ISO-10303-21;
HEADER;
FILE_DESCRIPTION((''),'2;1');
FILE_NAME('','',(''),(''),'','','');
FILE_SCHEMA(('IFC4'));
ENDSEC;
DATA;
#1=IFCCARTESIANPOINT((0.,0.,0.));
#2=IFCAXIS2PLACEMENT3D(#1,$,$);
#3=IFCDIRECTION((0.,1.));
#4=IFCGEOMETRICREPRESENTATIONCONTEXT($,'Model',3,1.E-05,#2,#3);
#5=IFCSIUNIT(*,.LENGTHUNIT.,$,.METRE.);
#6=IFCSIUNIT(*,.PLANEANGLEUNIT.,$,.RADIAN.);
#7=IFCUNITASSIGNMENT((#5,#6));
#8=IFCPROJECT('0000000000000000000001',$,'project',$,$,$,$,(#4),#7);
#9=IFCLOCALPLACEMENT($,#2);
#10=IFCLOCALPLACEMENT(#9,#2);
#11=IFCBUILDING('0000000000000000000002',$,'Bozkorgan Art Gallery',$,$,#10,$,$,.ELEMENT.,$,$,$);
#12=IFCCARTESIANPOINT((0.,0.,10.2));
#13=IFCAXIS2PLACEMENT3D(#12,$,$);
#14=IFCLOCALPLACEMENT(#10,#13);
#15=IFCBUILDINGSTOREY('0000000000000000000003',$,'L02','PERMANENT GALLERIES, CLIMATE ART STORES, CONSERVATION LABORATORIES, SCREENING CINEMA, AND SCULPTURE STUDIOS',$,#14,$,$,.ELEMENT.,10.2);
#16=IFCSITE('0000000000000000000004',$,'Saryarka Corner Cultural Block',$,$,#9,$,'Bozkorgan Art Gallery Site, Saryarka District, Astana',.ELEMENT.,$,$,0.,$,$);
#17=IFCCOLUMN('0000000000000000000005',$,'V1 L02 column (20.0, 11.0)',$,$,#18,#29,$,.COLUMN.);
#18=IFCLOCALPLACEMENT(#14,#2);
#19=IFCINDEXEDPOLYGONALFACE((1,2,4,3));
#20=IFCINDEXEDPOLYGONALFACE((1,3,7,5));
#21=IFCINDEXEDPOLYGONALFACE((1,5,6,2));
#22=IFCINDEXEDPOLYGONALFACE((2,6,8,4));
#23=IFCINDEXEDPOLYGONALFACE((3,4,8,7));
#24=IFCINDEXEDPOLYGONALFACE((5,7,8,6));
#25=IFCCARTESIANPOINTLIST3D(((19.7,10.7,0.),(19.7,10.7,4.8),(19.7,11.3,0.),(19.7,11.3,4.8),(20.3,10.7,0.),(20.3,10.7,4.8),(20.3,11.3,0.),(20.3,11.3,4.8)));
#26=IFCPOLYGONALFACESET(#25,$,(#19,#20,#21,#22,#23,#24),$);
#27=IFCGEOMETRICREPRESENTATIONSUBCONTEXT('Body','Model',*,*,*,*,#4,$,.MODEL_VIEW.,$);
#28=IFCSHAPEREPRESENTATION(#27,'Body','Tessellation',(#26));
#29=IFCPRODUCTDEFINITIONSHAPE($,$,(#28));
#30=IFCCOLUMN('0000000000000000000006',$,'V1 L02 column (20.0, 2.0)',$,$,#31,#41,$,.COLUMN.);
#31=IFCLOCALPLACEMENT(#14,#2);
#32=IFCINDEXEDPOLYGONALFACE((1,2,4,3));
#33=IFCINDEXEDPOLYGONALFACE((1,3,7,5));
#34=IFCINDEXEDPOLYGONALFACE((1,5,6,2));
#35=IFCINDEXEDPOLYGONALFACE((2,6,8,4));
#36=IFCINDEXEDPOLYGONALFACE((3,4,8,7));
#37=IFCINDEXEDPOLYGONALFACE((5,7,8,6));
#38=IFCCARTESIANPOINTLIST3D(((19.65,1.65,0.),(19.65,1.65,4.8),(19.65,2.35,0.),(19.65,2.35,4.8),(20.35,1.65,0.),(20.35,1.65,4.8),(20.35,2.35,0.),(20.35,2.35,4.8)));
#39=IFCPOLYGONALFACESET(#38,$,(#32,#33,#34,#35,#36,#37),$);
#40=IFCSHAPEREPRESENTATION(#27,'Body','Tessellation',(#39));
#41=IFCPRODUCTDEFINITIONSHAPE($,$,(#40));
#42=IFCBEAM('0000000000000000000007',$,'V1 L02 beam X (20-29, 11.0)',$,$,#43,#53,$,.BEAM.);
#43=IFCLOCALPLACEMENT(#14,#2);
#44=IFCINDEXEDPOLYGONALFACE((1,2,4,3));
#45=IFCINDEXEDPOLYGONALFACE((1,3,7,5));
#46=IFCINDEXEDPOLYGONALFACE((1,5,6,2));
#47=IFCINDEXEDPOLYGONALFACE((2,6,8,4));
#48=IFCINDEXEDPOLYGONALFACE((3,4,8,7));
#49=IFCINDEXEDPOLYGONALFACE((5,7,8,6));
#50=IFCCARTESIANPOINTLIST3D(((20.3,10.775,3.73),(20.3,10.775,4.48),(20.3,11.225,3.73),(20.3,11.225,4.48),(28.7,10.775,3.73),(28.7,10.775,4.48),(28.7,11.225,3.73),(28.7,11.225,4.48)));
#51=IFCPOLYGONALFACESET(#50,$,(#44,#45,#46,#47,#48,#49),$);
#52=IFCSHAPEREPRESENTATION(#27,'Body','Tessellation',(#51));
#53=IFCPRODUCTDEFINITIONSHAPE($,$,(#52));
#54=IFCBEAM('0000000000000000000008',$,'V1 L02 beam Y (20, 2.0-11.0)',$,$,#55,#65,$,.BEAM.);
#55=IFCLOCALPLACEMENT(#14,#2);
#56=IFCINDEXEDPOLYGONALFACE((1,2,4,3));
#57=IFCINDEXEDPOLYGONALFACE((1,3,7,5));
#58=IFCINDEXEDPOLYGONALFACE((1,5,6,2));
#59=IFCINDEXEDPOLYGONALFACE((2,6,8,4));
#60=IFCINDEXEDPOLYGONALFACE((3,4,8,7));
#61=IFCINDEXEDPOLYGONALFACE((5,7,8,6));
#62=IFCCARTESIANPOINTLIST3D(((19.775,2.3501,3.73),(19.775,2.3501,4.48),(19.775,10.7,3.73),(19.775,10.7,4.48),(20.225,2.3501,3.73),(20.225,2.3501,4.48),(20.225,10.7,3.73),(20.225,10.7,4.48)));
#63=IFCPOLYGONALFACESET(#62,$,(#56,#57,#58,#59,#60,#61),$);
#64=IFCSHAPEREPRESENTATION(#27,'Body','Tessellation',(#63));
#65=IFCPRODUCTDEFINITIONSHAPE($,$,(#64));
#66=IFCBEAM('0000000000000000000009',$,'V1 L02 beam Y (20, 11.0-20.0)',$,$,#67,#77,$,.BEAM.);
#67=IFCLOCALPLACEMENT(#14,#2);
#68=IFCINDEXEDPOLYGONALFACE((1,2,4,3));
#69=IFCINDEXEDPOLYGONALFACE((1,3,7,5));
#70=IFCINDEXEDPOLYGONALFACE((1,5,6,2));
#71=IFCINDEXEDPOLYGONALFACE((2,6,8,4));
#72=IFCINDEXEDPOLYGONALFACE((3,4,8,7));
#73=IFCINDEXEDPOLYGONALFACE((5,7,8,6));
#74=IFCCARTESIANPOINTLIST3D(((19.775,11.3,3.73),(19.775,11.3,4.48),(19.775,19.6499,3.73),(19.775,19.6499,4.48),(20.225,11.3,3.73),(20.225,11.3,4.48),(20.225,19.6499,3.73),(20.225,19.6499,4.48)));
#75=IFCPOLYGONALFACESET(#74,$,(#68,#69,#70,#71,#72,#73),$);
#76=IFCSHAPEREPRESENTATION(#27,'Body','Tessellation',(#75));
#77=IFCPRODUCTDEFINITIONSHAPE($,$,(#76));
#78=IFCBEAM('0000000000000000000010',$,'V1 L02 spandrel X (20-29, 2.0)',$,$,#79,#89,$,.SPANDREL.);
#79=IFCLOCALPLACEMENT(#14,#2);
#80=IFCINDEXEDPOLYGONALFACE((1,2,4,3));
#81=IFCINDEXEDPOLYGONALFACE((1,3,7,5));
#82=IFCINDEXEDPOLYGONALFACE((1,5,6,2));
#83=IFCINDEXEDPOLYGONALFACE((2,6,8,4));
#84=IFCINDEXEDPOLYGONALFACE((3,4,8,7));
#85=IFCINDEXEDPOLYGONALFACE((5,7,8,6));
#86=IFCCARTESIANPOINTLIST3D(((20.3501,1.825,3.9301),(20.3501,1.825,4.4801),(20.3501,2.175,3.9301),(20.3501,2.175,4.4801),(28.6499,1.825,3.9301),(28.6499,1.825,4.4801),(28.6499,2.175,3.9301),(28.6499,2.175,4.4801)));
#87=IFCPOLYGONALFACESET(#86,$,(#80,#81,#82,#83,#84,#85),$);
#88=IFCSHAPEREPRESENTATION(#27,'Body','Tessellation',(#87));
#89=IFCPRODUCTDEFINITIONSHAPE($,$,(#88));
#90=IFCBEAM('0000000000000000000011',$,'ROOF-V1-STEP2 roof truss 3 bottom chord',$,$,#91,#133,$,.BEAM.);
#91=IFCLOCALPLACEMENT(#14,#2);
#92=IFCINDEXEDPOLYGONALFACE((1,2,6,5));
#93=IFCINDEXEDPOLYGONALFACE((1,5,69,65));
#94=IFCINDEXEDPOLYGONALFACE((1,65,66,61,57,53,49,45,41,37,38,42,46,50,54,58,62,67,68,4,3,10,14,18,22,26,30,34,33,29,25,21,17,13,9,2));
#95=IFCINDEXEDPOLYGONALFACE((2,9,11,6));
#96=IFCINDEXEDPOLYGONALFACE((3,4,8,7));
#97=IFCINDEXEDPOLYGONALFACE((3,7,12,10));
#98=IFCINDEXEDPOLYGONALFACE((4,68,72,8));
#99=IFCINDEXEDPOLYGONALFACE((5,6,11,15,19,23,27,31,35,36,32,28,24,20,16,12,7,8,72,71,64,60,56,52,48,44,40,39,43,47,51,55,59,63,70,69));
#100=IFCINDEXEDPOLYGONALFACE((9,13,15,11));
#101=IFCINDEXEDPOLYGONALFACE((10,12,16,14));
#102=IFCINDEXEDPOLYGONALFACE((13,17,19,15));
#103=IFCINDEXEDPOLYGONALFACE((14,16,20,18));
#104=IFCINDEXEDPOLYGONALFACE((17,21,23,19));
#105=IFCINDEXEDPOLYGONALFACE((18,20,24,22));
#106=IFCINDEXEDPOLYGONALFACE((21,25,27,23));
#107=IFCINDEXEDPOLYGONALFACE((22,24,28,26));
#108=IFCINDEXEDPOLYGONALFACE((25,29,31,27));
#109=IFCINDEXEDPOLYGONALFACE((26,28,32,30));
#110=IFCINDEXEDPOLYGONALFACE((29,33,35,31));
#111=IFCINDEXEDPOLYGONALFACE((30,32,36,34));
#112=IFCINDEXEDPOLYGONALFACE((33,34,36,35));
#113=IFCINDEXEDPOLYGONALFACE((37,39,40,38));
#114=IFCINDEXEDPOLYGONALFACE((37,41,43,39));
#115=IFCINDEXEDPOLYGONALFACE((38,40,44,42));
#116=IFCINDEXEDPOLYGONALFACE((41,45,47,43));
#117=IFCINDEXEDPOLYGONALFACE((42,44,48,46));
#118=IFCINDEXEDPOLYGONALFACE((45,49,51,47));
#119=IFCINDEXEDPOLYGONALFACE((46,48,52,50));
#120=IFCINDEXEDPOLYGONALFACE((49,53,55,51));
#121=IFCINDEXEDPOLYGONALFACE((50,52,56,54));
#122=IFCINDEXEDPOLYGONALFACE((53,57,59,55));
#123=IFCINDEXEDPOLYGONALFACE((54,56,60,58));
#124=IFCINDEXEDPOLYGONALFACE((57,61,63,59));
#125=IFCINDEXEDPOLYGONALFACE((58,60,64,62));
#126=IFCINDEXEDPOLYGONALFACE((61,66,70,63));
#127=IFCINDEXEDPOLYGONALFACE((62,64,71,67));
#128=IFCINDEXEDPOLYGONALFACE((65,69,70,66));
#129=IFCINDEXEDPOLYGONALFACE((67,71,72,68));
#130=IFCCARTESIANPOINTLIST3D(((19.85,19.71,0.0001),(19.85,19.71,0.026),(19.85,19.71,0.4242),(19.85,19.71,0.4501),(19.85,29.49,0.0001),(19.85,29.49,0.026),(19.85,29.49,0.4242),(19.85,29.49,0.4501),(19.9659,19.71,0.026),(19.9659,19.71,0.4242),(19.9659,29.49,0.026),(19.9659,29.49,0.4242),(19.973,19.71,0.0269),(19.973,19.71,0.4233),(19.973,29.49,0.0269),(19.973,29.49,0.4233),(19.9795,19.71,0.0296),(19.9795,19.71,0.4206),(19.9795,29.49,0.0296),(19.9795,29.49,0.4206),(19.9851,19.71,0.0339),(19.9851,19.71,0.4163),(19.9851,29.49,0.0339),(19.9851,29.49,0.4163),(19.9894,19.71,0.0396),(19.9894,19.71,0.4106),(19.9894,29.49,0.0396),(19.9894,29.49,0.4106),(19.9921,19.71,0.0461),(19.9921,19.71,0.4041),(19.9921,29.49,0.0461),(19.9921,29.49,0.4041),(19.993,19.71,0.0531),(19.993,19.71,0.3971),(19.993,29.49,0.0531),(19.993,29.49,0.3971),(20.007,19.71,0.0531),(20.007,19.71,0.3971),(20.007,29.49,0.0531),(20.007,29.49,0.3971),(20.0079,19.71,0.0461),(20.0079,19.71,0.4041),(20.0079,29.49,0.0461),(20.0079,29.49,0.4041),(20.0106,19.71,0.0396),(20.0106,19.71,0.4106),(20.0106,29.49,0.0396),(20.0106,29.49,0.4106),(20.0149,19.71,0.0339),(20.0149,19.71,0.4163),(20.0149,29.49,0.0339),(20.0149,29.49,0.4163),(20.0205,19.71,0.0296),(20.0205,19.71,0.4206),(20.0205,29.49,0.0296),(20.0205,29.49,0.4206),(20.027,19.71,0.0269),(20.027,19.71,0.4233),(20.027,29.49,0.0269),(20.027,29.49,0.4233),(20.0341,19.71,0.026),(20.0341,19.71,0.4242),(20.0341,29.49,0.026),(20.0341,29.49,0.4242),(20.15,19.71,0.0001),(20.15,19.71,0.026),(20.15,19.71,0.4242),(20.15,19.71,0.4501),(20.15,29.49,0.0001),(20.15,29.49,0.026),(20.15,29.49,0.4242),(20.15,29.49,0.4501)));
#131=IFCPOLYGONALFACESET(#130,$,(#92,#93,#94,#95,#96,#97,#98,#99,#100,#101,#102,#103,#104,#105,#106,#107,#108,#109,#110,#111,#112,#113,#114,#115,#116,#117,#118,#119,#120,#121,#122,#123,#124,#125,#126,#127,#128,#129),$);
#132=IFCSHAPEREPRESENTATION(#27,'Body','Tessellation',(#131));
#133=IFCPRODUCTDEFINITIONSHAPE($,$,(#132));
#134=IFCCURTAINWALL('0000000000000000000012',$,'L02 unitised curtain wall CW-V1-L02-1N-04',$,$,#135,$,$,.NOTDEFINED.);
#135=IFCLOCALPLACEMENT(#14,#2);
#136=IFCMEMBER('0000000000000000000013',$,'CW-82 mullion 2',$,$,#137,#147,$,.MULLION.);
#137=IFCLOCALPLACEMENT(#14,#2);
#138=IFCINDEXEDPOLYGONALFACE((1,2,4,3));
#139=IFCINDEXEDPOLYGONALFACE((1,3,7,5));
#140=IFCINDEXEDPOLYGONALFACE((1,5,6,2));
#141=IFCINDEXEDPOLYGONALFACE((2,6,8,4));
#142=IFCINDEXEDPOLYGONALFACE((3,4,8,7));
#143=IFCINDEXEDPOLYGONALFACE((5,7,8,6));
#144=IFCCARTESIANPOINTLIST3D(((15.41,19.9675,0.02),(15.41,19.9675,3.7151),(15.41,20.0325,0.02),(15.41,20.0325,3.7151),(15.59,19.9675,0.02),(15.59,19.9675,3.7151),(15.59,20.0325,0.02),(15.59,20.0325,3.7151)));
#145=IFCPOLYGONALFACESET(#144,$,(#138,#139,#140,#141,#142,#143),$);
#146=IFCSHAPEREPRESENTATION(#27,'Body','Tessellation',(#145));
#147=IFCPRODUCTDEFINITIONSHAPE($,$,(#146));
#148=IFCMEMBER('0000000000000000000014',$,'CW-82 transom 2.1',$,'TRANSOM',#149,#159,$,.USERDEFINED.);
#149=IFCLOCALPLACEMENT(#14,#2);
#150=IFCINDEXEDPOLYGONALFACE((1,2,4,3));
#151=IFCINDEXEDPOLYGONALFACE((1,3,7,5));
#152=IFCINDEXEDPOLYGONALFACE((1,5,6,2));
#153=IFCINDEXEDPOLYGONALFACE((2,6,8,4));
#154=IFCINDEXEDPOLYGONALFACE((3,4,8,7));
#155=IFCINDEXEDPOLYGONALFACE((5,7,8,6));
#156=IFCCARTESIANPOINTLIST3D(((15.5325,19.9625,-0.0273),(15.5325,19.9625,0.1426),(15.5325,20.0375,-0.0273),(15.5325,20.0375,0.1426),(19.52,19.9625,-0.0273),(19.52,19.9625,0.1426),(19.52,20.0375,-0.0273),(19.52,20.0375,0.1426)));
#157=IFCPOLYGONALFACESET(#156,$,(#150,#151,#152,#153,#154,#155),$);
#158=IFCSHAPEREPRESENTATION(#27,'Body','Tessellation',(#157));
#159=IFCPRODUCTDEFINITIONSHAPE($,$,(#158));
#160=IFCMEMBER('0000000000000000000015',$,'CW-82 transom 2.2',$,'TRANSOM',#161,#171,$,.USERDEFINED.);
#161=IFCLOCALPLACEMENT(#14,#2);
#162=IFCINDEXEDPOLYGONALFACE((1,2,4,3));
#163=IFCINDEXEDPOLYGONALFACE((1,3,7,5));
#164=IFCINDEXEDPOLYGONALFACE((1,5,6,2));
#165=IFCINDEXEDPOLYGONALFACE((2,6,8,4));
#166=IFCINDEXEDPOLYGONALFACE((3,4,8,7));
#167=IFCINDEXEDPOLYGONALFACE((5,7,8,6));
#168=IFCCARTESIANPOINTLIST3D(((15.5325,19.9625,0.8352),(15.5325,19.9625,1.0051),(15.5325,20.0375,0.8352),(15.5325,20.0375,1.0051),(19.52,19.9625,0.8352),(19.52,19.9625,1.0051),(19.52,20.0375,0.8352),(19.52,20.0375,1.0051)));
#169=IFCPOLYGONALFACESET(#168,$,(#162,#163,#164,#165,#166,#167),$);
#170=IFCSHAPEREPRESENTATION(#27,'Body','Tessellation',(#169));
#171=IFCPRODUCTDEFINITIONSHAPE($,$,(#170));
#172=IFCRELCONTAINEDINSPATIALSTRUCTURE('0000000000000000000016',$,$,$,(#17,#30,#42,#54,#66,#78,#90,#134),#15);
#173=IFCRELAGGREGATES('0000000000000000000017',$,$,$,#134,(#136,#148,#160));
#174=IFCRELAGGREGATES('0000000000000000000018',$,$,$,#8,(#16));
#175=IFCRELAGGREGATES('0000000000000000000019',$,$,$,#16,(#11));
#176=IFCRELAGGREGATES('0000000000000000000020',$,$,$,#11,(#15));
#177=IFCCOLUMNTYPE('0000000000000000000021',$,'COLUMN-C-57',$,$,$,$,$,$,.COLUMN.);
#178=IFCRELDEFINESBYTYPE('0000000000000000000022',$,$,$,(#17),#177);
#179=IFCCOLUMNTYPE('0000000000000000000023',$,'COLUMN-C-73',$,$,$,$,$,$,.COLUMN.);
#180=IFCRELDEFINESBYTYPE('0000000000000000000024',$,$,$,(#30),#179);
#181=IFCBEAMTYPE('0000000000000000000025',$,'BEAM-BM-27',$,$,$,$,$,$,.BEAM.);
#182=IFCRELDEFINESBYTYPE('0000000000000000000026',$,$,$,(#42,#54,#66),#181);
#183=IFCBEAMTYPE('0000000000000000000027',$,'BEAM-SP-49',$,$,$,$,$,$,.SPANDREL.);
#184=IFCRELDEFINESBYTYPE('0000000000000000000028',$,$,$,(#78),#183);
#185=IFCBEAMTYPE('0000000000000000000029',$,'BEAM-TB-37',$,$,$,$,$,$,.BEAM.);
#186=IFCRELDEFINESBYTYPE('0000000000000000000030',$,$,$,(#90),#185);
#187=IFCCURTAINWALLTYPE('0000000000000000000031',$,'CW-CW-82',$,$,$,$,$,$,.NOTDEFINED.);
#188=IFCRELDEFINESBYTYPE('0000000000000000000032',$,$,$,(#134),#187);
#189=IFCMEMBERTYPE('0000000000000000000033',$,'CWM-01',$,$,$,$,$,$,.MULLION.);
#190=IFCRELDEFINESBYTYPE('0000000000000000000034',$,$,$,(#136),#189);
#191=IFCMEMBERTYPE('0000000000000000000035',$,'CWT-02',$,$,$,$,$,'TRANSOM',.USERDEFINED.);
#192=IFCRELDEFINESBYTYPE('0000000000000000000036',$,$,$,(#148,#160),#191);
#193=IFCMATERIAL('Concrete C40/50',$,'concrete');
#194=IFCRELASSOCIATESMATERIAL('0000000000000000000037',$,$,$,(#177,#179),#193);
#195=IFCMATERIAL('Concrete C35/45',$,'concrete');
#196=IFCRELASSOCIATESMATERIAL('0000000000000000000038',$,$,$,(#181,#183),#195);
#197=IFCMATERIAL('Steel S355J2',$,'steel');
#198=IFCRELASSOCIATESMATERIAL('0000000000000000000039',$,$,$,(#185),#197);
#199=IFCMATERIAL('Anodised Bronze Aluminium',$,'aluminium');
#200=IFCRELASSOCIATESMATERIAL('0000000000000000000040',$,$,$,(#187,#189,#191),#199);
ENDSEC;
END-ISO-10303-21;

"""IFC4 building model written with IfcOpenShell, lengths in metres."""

from ifc_helpers import new_model, si_unit, direction, frame, origin, origin_2d, place, context, subcontext, project, spatial, rectangle, i_section, extrude, material, material_profile, profile_set, type_object, element, aggregate, save


model = new_model("IFC4")

# Units and contexts
model_context = context("Model", 3, precision=1e-05, world=origin(), true_north=direction((0.0, 1.0)))
body_context = subcontext(model_context, "Body", "Model", "MODEL_VIEW")
ifc_project = project(units=[si_unit("LENGTHUNIT", "METRE"), si_unit("PLANEANGLEUNIT", "RADIAN")], contexts=[model_context])

# Site, building, storey
site_placement = place(None, origin())
site = spatial("IfcSite", under=ifc_project, at=site_placement, Name="Saryarka Corner Cultural Block", LongName="Bozkorgan Art Gallery Site, Saryarka District, Astana", CompositionType="ELEMENT", RefElevation=0.0)
building_placement = place(site_placement, origin())
building = spatial("IfcBuilding", under=site, at=building_placement, Name="Bozkorgan Art Gallery", CompositionType="ELEMENT")
storey_placement = place(building_placement, frame((0.0, 0.0, 10.2)))
storey = spatial("IfcBuildingStorey", under=building, at=storey_placement, Name="L02", Description="PERMANENT GALLERIES, CLIMATE ART STORES, CONSERVATION LABORATORIES, SCREENING CINEMA, AND SCULPTURE STUDIOS", CompositionType="ELEMENT", Elevation=10.2)

# Columns
ifc_material_1 = material(Name="Concrete C40/50", Category="concrete")
ifc_material_profile_1 = material_profile(ifc_material_1, rectangle(XDim=0.6001, YDim=0.6001, at=origin_2d()), Name="RC 600x600")
ifc_profile_set_1 = profile_set([ifc_material_profile_1], Name="Concrete C40/50")
column_type_1 = type_object("IfcColumnType", Name="COLUMN-C-57", PredefinedType="COLUMN", material=ifc_profile_set_1)
column_1_placement = place(storey_placement, frame((20.0, 11.0, 0.0), z_axis=(0.0, 0.0, 1.0), x_axis=(1.0, 0.0, 0.0)))
element("IfcColumn", 1, at=column_1_placement, inside=storey, type_object=column_type_1, Name="V1 L02 column (20.0, 11.0)", PredefinedType="COLUMN", context=body_context, shape_type="SweptSolid", body=[
    extrude(rectangle(XDim=0.6001, YDim=0.6001, at=origin_2d()), origin(), (0.0, 0.0, 1.0), 4.8),
])
ifc_material_profile_2 = material_profile(ifc_material_1, rectangle(XDim=0.7, YDim=0.7, at=origin_2d()), Name="RC 700x700")
ifc_profile_set_2 = profile_set([ifc_material_profile_2], Name="Concrete C40/50")
column_type_2 = type_object("IfcColumnType", Name="COLUMN-C-73", PredefinedType="COLUMN", material=ifc_profile_set_2)
column_2_placement = place(storey_placement, frame((20.0, 2.0, 0.0), z_axis=(0.0, 0.0, 1.0), x_axis=(1.0, 0.0, 0.0)))
element("IfcColumn", 2, at=column_2_placement, inside=storey, type_object=column_type_2, Name="V1 L02 column (20.0, 2.0)", PredefinedType="COLUMN", context=body_context, shape_type="SweptSolid", body=[
    extrude(rectangle(XDim=0.7, YDim=0.7, at=origin_2d()), origin(), (0.0, 0.0, 1.0), 4.8),
])

# Beams
ifc_material_2 = material(Name="Concrete C35/45", Category="concrete")
ifc_material_profile_3 = material_profile(ifc_material_2, rectangle(XDim=0.45, YDim=0.75, at=origin_2d()), Name="RC 450x750")
ifc_profile_set_3 = profile_set([ifc_material_profile_3], Name="Concrete C35/45")
beam_type_1 = type_object("IfcBeamType", Name="BEAM-BM-27", PredefinedType="BEAM", material=ifc_profile_set_3)
beam_1_placement = place(storey_placement, frame((20.3, 11.0, 4.105), z_axis=(1.0, 0.0, 0.0), x_axis=(0.0, 1.0, 0.0)))
element("IfcBeam", 3, at=beam_1_placement, inside=storey, type_object=beam_type_1, Name="V1 L02 beam X (20-29, 11.0)", PredefinedType="BEAM", context=body_context, shape_type="SweptSolid", body=[
    extrude(rectangle(XDim=0.45, YDim=0.75, at=origin_2d()), origin(), (0.0, 0.0, 1.0), 8.3999),
])
for number, where, z_axis, x_axis, name in (
    (4, (20.0, 2.3501, 4.105), (0.0, 1.0, 0.0), (-1.0, 0.0, 0.0), "V1 L02 beam Y (20, 2.0-11.0)"),
    (5, (20.0, 11.3, 4.105), (0.0, 1.0, 0.0), (-1.0, 0.0, 0.0), "V1 L02 beam Y (20, 11.0-20.0)"),
):
    element("IfcBeam", number, at=place(storey_placement, frame(where, z_axis=z_axis, x_axis=x_axis)), inside=storey, type_object=beam_type_1, Name=name, PredefinedType="BEAM", context=body_context, shape_type="SweptSolid", body=[
        extrude(rectangle(XDim=0.45, YDim=0.75, at=origin_2d()), origin(), (0.0, 0.0, 1.0), 8.3499),
    ])
ifc_material_profile_4 = material_profile(ifc_material_2, rectangle(XDim=0.3501, YDim=0.55, at=origin_2d()), Name="RC 350x550")
ifc_profile_set_4 = profile_set([ifc_material_profile_4], Name="Concrete C35/45")
beam_type_2 = type_object("IfcBeamType", Name="BEAM-SP-49", PredefinedType="SPANDREL", material=ifc_profile_set_4)
beam_2_placement = place(storey_placement, frame((20.3501, 2.0, 4.2051), z_axis=(1.0, 0.0, 0.0), x_axis=(0.0, 1.0, 0.0)))
element("IfcBeam", 6, at=beam_2_placement, inside=storey, type_object=beam_type_2, Name="V1 L02 spandrel X (20-29, 2.0)", PredefinedType="SPANDREL", context=body_context, shape_type="SweptSolid", body=[
    extrude(rectangle(XDim=0.3501, YDim=0.55, at=origin_2d()), origin(), (0.0, 0.0, 1.0), 8.2998),
])
ifc_material_3 = material(Name="Steel S355J2", Category="steel")
ifc_material_profile_5 = material_profile(ifc_material_3, i_section(OverallWidth=0.3, OverallDepth=0.45, WebThickness=0.0139, FlangeThickness=0.0259, FilletRadius=0.0271, at=origin_2d()), Name="HEB 450")
ifc_profile_set_5 = profile_set([ifc_material_profile_5], Name="Steel S355J2")
beam_type_3 = type_object("IfcBeamType", Name="BEAM-TB-37", PredefinedType="BEAM", material=ifc_profile_set_5)
beam_3_placement = place(storey_placement, frame((20.0, 19.71, 0.2251), z_axis=(0.0, 1.0, 0.0), x_axis=(-1.0, 0.0, 0.0)))
element("IfcBeam", 7, at=beam_3_placement, inside=storey, type_object=beam_type_3, Name="ROOF-V1-STEP2 roof truss 3 bottom chord", PredefinedType="BEAM", context=body_context, shape_type="SweptSolid", body=[
    extrude(i_section(OverallWidth=0.3, OverallDepth=0.45, WebThickness=0.0139, FlangeThickness=0.0259, FilletRadius=0.0271, at=origin_2d()), origin(), (0.0, 0.0, 1.0), 9.78),
])

# Curtain wall, members
ifc_material_4 = material(Name="Anodised Bronze Aluminium", Category="aluminium")
curtain_wall_type = type_object("IfcCurtainWallType", Name="CW-CW-82", PredefinedType="NOTDEFINED", material=ifc_material_4)
curtain_wall_placement = place(storey_placement, origin())
curtain_wall = element("IfcCurtainWall", 8, at=curtain_wall_placement, inside=storey, type_object=curtain_wall_type, Name="L02 unitised curtain wall CW-V1-L02-1N-04", PredefinedType="NOTDEFINED")
ifc_material_profile_6 = material_profile(ifc_material_4, rectangle(XDim=0.0649, YDim=0.1799, at=origin_2d()), Name="ALU MULLION 65x180")
ifc_profile_set_6 = profile_set([ifc_material_profile_6], Name="Anodised Bronze Aluminium")
member_type_1 = type_object("IfcMemberType", Name="CWM-01", PredefinedType="MULLION", material=ifc_profile_set_6)
member_1_placement = place(storey_placement, frame((15.5, 20.0, 0.02), z_axis=(0.0, 0.0, 1.0), x_axis=(0.0, 1.0, 0.0)))
member_1 = element("IfcMember", 9, at=member_1_placement, type_object=member_type_1, Name="CW-82 mullion 2", PredefinedType="MULLION", context=body_context, shape_type="SweptSolid", body=[
    extrude(rectangle(XDim=0.0649, YDim=0.1799, at=origin_2d()), origin(), (0.0, 0.0, 1.0), 3.6951),
])
ifc_material_profile_7 = material_profile(ifc_material_4, rectangle(XDim=0.075, YDim=0.1699, at=origin_2d()), Name="ALU TRANSOM 75x170")
ifc_profile_set_7 = profile_set([ifc_material_profile_7], Name="Anodised Bronze Aluminium")
member_type_2 = type_object("IfcMemberType", Name="CWT-02", ElementType="TRANSOM", PredefinedType="USERDEFINED", material=ifc_profile_set_7)
member_2_placement = place(storey_placement, frame((15.5325, 20.0, 0.0576), z_axis=(1.0, 0.0, 0.0), x_axis=(0.0, 1.0, 0.0)))
member_2 = element("IfcMember", 10, at=member_2_placement, type_object=member_type_2, Name="CW-82 transom 2.1", ObjectType="TRANSOM", PredefinedType="USERDEFINED", context=body_context, shape_type="SweptSolid", body=[
    extrude(rectangle(XDim=0.075, YDim=0.1699, at=origin_2d()), origin(), (0.0, 0.0, 1.0), 3.9875),
])
member_3_placement = place(storey_placement, frame((15.5325, 20.0, 0.9202), z_axis=(1.0, 0.0, 0.0), x_axis=(0.0, 1.0, 0.0)))
member_3 = element("IfcMember", 11, at=member_3_placement, type_object=member_type_2, Name="CW-82 transom 2.2", ObjectType="TRANSOM", PredefinedType="USERDEFINED", context=body_context, shape_type="SweptSolid", body=[
    extrude(rectangle(XDim=0.075, YDim=0.1699, at=origin_2d()), origin(), (0.0, 0.0, 1.0), 3.9875),
])
aggregate(curtain_wall, [member_1, member_2, member_3])

save(model, "model.ifc")
